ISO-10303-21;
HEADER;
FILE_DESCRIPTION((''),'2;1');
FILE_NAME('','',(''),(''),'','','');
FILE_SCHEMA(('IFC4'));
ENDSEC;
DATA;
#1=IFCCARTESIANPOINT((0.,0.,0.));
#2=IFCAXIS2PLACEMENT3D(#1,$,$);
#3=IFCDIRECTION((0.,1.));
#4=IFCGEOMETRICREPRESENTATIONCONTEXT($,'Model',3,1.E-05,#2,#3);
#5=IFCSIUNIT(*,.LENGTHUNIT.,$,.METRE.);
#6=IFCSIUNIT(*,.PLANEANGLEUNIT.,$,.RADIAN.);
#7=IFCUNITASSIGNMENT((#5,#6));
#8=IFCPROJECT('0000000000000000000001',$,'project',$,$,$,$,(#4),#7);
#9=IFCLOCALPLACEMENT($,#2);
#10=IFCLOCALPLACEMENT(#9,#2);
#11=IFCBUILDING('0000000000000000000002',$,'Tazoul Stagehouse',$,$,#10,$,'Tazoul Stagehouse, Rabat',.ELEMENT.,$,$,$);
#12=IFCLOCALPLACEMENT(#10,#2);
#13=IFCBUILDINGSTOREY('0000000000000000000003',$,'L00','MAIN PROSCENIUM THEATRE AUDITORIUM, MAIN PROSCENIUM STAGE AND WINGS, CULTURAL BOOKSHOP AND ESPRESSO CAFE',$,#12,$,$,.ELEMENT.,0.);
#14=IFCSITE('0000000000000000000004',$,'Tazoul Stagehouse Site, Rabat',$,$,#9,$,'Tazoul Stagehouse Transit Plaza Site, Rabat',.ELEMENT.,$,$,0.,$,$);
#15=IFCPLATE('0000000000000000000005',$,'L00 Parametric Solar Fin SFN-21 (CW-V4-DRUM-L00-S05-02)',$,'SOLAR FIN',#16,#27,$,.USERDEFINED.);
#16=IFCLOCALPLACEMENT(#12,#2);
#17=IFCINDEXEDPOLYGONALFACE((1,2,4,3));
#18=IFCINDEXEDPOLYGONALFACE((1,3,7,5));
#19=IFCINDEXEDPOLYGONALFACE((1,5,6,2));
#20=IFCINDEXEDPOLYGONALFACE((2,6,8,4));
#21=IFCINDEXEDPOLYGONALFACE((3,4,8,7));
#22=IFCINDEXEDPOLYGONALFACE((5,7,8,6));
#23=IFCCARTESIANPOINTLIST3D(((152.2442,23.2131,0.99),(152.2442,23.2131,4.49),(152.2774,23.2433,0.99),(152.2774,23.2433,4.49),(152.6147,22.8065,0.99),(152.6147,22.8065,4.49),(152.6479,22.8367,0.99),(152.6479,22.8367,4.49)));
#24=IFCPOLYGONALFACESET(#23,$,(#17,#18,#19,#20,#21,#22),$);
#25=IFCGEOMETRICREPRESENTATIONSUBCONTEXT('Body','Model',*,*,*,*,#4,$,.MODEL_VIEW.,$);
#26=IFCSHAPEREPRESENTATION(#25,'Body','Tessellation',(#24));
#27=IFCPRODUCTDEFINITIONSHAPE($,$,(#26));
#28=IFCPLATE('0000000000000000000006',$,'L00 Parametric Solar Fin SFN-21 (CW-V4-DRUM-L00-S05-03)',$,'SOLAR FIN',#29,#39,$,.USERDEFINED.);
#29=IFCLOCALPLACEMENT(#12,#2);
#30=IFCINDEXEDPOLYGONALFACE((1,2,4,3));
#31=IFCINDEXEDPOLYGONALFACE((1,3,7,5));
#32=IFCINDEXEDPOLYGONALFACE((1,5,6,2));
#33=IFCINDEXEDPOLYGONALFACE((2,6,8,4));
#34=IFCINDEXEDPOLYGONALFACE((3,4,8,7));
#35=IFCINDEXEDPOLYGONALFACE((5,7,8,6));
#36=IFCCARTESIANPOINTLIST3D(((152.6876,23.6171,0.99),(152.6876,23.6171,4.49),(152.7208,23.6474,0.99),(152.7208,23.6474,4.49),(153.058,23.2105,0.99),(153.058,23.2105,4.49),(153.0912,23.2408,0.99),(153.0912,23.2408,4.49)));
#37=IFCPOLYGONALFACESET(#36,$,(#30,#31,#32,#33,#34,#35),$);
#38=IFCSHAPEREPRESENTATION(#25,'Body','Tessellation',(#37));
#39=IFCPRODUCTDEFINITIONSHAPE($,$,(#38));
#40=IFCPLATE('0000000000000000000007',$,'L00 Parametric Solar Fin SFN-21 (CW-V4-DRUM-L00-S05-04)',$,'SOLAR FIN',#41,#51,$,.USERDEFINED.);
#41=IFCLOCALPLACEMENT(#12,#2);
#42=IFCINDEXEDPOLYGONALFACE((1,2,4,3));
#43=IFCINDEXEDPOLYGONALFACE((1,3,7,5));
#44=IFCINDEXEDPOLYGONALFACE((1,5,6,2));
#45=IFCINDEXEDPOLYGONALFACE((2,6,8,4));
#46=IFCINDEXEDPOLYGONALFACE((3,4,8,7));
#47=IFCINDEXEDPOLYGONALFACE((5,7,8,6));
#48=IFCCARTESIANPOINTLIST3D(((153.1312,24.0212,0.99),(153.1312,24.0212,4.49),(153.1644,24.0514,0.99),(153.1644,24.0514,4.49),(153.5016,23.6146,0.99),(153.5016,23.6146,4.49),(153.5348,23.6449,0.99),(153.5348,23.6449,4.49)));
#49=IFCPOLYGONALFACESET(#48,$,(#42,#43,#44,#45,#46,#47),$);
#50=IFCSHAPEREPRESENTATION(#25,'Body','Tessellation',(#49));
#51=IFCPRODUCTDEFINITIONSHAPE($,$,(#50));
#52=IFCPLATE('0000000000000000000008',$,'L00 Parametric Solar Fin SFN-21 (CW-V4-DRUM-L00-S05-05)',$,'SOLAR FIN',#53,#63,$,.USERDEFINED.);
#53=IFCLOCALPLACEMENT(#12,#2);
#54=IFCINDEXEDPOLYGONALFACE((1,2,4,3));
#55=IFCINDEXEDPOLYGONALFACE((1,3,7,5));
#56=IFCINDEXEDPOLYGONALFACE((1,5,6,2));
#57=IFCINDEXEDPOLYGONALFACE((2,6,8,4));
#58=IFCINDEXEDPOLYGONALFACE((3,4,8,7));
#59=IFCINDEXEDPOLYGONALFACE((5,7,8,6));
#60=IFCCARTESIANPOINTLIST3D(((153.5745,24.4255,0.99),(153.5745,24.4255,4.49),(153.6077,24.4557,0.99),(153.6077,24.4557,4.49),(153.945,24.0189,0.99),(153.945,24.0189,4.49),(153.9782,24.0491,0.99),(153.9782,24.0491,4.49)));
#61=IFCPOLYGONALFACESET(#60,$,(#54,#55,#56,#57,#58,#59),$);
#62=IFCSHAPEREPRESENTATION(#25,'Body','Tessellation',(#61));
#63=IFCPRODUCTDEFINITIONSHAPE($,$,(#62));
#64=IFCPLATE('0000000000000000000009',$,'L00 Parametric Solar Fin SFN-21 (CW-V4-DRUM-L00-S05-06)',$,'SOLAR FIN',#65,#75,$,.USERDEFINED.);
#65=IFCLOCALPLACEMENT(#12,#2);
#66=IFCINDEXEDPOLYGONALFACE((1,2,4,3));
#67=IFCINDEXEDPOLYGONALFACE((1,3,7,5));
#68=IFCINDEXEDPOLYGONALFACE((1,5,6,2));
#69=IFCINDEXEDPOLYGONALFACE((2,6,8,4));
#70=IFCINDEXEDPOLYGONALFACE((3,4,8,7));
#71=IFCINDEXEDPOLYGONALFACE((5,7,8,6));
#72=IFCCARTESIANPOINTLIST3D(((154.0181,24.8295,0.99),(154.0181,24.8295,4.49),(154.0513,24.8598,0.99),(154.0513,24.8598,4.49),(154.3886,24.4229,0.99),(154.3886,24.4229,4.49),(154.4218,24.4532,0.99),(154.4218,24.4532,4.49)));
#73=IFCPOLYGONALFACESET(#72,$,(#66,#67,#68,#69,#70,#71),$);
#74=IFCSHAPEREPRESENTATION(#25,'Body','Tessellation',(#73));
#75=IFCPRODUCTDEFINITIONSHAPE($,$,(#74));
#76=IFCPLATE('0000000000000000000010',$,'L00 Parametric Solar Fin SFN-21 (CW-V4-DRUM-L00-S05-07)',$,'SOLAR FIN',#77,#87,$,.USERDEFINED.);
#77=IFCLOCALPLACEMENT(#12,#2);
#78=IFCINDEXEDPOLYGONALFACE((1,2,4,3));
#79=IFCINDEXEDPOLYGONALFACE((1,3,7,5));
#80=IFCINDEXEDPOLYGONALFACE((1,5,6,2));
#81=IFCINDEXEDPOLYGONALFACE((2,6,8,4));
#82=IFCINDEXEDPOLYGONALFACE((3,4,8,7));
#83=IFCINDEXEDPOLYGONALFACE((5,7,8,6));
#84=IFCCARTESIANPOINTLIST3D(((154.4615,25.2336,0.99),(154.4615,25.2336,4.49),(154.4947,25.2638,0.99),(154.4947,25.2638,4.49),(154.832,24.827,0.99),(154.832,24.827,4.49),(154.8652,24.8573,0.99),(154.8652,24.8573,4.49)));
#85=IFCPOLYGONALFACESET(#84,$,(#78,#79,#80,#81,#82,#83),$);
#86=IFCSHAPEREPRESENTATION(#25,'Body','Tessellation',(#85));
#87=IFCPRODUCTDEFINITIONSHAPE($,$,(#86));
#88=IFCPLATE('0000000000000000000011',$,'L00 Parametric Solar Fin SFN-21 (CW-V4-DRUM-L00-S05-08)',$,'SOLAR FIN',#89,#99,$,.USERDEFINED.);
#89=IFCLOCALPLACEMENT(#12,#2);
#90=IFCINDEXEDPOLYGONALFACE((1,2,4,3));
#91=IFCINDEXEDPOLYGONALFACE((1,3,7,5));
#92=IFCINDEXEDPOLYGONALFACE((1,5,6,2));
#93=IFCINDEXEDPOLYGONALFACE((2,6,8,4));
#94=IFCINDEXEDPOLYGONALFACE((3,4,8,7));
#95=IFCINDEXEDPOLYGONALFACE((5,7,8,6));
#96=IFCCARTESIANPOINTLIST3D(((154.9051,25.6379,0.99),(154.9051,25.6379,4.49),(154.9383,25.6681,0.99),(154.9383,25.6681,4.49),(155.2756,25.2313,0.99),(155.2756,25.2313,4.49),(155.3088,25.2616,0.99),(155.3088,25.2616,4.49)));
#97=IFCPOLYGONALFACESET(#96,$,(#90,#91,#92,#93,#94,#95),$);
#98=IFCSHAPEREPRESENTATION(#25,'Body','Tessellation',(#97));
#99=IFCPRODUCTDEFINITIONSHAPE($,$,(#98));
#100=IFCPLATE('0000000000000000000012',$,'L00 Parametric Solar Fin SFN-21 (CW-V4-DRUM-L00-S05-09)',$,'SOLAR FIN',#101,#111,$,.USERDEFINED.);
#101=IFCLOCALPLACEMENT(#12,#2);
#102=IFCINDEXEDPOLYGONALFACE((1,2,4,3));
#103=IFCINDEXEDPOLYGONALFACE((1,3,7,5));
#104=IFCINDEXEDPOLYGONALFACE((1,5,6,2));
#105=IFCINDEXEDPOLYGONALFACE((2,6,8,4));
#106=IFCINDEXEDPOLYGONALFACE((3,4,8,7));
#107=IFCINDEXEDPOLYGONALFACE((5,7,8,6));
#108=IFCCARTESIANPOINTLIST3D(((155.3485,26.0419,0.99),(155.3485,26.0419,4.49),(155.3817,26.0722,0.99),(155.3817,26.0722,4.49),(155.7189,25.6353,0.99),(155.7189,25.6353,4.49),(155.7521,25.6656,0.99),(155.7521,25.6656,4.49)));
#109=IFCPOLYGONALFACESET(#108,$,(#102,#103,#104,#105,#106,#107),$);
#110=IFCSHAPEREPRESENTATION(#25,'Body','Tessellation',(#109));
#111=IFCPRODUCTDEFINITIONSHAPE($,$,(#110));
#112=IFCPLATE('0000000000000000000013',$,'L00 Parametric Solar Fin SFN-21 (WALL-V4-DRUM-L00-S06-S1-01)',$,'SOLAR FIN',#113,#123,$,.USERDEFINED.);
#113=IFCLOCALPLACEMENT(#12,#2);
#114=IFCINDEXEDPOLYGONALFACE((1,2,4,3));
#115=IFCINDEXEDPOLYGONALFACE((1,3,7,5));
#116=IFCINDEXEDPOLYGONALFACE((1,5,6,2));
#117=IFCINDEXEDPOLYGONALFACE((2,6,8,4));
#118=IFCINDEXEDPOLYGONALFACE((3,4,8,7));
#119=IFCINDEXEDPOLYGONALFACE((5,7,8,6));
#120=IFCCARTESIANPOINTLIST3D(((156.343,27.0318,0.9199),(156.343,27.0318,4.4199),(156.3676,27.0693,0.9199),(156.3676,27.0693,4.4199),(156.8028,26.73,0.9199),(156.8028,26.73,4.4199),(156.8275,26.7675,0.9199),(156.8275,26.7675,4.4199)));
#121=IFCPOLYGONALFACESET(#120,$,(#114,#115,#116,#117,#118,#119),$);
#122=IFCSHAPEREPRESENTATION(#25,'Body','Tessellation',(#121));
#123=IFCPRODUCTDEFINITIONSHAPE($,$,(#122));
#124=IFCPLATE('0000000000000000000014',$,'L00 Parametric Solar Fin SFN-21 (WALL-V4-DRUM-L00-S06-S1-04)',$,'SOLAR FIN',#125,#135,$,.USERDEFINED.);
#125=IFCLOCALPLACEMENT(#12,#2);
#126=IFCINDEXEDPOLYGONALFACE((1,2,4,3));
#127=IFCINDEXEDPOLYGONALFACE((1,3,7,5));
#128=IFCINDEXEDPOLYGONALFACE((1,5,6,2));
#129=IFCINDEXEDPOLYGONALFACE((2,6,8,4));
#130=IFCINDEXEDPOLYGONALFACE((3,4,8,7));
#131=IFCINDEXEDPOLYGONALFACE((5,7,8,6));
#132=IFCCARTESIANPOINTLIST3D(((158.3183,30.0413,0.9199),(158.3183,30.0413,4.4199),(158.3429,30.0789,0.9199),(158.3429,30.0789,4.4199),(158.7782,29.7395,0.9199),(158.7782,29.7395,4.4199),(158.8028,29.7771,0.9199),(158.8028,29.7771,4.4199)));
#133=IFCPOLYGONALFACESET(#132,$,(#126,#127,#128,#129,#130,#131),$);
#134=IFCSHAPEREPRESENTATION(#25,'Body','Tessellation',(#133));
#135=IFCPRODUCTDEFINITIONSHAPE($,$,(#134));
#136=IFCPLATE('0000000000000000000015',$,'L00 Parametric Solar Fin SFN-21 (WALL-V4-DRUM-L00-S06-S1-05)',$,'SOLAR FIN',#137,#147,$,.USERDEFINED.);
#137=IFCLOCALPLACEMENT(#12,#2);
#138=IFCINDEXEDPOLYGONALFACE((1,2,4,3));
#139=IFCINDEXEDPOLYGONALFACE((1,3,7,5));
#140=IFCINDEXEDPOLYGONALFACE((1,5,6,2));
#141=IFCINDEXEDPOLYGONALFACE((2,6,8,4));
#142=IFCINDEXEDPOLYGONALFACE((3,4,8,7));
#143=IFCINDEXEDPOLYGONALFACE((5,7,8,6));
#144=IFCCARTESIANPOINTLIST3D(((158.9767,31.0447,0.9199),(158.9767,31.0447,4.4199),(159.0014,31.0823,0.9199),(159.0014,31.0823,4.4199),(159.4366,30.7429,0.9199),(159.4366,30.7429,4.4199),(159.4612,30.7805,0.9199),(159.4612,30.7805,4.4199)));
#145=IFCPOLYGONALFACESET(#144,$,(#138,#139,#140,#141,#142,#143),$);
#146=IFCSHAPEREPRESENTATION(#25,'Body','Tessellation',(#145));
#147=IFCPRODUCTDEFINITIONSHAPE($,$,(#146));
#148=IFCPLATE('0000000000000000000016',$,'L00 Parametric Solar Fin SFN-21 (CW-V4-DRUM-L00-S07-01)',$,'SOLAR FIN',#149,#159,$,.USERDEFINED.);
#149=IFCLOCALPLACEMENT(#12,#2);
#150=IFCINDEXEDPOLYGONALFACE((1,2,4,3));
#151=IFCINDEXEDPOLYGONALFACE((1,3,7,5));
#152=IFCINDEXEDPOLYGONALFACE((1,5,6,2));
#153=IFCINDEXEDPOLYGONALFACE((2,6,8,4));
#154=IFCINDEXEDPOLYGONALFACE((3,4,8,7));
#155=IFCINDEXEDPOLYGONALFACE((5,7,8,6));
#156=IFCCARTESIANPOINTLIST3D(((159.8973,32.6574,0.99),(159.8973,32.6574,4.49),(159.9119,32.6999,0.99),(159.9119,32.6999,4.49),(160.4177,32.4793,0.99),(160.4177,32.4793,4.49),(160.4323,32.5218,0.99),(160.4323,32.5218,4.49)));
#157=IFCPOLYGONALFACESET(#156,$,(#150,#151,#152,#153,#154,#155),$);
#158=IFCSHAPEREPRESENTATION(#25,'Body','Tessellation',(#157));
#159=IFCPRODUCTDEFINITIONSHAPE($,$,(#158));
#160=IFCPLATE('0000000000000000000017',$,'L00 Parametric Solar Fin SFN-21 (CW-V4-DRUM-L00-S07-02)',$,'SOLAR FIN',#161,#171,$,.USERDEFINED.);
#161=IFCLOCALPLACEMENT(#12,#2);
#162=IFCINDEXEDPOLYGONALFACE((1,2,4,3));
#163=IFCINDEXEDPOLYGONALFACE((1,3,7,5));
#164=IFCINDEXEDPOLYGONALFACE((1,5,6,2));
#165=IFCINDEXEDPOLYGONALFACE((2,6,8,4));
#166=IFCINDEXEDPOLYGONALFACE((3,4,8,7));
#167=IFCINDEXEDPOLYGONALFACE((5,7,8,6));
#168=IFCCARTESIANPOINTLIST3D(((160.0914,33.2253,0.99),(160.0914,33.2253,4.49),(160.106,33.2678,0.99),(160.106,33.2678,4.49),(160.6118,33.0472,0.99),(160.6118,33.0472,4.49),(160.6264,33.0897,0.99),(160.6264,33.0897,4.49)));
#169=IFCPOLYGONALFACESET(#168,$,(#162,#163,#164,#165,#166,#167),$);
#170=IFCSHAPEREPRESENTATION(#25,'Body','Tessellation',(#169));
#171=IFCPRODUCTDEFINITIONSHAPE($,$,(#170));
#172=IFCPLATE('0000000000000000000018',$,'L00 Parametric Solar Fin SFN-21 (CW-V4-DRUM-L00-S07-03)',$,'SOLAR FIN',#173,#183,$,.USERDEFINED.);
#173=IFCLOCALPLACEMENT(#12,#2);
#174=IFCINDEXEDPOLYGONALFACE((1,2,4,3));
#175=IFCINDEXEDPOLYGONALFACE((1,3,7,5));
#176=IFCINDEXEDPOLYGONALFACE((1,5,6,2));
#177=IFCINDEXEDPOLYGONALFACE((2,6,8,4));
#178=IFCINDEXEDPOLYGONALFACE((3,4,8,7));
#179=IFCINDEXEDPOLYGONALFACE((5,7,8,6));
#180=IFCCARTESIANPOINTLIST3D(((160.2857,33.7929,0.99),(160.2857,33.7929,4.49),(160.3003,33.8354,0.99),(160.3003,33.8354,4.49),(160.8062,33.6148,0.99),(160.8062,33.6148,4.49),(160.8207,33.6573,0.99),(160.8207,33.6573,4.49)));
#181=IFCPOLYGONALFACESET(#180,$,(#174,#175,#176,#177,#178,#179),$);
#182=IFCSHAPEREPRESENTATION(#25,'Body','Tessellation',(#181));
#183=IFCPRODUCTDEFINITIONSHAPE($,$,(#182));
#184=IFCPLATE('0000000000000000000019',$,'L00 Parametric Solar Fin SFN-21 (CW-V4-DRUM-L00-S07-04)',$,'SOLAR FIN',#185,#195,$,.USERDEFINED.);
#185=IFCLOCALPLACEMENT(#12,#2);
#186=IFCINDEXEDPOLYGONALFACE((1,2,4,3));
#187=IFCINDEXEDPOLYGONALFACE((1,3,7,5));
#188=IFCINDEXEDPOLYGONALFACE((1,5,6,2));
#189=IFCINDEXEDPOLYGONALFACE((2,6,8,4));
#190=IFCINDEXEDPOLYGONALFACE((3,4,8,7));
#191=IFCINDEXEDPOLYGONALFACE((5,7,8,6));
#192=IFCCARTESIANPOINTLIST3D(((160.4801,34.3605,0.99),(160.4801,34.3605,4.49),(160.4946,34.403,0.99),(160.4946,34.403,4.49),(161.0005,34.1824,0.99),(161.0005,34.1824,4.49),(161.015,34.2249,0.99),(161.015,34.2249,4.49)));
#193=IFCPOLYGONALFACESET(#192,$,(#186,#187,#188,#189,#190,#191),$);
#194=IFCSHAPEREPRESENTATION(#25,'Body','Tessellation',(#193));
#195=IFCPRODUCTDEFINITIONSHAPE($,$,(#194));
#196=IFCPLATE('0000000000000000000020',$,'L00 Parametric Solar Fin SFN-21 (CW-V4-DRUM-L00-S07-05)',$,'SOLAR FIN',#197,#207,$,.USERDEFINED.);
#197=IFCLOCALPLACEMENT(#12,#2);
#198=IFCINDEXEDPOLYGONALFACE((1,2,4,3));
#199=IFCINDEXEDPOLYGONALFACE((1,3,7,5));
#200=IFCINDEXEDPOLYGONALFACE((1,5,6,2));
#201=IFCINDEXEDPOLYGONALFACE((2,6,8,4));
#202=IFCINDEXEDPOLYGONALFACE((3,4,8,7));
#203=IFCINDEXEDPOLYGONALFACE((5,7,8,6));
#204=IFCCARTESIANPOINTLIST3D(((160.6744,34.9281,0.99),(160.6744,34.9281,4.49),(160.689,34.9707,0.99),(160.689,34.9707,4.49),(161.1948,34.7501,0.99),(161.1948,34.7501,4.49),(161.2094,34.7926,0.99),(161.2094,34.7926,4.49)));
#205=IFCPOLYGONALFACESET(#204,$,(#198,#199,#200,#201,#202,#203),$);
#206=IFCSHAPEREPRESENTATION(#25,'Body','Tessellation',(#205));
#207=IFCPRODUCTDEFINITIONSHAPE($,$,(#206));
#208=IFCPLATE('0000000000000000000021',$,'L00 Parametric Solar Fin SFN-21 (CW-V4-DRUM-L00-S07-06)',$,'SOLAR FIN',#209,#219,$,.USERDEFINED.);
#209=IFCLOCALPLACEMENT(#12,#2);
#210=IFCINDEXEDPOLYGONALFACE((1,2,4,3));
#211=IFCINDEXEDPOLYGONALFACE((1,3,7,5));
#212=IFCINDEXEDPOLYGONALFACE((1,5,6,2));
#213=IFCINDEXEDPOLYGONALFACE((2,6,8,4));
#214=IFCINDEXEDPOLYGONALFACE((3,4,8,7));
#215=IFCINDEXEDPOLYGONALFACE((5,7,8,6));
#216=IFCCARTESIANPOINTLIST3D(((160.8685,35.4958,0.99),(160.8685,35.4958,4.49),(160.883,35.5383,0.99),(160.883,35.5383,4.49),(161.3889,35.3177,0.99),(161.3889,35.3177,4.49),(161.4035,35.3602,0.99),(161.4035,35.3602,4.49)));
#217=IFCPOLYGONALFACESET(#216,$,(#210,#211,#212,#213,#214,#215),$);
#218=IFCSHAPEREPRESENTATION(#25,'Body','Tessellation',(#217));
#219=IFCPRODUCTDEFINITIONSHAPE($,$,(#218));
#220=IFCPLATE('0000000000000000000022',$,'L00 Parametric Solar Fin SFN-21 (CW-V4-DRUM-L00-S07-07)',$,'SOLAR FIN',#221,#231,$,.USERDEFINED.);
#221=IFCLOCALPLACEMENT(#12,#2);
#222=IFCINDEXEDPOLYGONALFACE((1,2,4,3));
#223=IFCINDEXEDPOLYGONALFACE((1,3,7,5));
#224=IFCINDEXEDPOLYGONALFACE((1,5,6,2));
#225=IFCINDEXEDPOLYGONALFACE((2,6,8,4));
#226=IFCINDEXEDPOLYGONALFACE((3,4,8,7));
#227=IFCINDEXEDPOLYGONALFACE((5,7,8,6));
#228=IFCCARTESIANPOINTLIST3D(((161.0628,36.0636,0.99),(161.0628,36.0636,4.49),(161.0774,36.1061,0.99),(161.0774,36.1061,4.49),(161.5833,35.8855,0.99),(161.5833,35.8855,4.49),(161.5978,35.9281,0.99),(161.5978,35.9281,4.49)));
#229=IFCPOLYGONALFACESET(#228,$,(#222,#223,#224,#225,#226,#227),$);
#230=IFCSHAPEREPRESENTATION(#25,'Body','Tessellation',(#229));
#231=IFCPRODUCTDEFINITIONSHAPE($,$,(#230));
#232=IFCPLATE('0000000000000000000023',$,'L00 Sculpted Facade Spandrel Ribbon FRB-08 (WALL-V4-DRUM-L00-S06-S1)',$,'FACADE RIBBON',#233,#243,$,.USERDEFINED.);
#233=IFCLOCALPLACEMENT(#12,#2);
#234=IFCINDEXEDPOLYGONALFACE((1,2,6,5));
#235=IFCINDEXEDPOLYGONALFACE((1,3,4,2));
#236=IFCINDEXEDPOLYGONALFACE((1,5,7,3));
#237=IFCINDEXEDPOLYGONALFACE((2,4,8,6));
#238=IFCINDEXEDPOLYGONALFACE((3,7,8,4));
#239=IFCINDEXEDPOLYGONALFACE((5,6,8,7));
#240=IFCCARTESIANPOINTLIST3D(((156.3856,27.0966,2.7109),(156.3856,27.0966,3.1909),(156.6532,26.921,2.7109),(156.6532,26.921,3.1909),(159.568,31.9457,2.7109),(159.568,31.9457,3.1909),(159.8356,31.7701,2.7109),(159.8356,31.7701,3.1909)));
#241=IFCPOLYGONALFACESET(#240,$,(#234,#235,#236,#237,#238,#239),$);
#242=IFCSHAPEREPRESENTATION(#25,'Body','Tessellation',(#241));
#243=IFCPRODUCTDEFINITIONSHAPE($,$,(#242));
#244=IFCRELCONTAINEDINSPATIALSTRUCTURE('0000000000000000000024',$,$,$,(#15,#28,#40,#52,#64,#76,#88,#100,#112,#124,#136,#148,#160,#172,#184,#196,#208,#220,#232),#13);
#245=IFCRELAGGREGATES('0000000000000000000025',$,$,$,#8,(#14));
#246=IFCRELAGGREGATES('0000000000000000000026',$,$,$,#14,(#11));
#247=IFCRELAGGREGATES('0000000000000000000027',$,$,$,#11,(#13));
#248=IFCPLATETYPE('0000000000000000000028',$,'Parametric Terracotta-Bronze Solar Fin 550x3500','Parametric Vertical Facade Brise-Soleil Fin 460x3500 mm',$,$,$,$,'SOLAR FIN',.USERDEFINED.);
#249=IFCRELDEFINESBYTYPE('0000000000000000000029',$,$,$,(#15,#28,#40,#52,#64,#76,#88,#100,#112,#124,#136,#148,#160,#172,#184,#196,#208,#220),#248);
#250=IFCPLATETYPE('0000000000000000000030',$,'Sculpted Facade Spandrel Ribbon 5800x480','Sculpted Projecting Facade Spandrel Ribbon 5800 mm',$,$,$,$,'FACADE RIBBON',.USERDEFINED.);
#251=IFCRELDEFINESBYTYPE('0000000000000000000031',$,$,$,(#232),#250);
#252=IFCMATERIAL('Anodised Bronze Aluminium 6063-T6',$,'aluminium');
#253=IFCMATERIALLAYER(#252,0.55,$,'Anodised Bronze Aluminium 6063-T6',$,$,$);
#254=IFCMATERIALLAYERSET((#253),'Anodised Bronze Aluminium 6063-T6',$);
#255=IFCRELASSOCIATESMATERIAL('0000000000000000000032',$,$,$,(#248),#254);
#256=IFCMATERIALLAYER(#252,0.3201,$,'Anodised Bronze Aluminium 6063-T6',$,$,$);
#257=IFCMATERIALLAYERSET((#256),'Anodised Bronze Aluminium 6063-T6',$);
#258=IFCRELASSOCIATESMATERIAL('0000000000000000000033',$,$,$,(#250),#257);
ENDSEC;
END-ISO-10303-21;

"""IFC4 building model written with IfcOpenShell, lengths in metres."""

from ifc_helpers import new_model, si_unit, direction, frame, origin, origin_2d, place, context, subcontext, project, spatial, rectangle, extrude, material, layer, layer_set, type_object, element, save


model = new_model("IFC4")

# Units and contexts
model_context = context("Model", 3, precision=1e-05, world=origin(), true_north=direction((0.0, 1.0)))
body_context = subcontext(model_context, "Body", "Model", "MODEL_VIEW")
ifc_project = project(units=[si_unit("LENGTHUNIT", "METRE"), si_unit("PLANEANGLEUNIT", "RADIAN")], contexts=[model_context])

# Site, building, storey
site_placement = place(None, origin())
site = spatial("IfcSite", under=ifc_project, at=site_placement, Name="Tazoul Stagehouse Site, Rabat", LongName="Tazoul Stagehouse Transit Plaza Site, Rabat", CompositionType="ELEMENT", RefElevation=0.0)
building_placement = place(site_placement, origin())
building = spatial("IfcBuilding", under=site, at=building_placement, Name="Tazoul Stagehouse", LongName="Tazoul Stagehouse, Rabat", CompositionType="ELEMENT")
storey_placement = place(building_placement, origin())
storey = spatial("IfcBuildingStorey", under=building, at=storey_placement, Name="L00", Description="MAIN PROSCENIUM THEATRE AUDITORIUM, MAIN PROSCENIUM STAGE AND WINGS, CULTURAL BOOKSHOP AND ESPRESSO CAFE", CompositionType="ELEMENT", Elevation=0.0)

# Plates
ifc_material_1 = material(Name="Anodised Bronze Aluminium 6063-T6", Category="aluminium")
ifc_layer_1 = layer(ifc_material_1, 0.55, Name="Anodised Bronze Aluminium 6063-T6")
ifc_layer_set_1 = layer_set([ifc_layer_1], Name="Anodised Bronze Aluminium 6063-T6")
plate_type_1 = type_object("IfcPlateType", Name="Parametric Terracotta-Bronze Solar Fin 550x3500", Description="Parametric Vertical Facade Brise-Soleil Fin 460x3500 mm", ElementType="SOLAR FIN", PredefinedType="USERDEFINED", material=ifc_layer_set_1)
for number, where, z_axis, x_axis, name in (
    (1, (152.446, 23.0249, 0.99), (0.0, 0.0, 1.0), (0.73915, 0.67354, 0.0), "L00 Parametric Solar Fin SFN-21 (CW-V4-DRUM-L00-S05-02)"),
    (2, (152.8894, 23.429, 0.99), (0.0, 0.0, 1.0), (0.73915, 0.67354, 0.0), "L00 Parametric Solar Fin SFN-21 (CW-V4-DRUM-L00-S05-03)"),
    (3, (153.333, 23.833, 0.99), (0.0, 0.0, 1.0), (0.73915, 0.67354, 0.0), "L00 Parametric Solar Fin SFN-21 (CW-V4-DRUM-L00-S05-04)"),
    (4, (153.7764, 24.2373, 0.99), (0.0, 0.0, 1.0), (0.73915, 0.67354, 0.0), "L00 Parametric Solar Fin SFN-21 (CW-V4-DRUM-L00-S05-05)"),
    (5, (154.22, 24.6414, 0.99), (0.0, 0.0, 1.0), (0.73915, 0.67354, 0.0), "L00 Parametric Solar Fin SFN-21 (CW-V4-DRUM-L00-S05-06)"),
    (6, (154.6633, 25.0454, 0.99), (0.0, 0.0, 1.0), (0.73915, 0.67354, 0.0), "L00 Parametric Solar Fin SFN-21 (CW-V4-DRUM-L00-S05-07)"),
    (7, (155.1069, 25.4497, 0.99), (0.0, 0.0, 1.0), (0.73915, 0.67354, 0.0), "L00 Parametric Solar Fin SFN-21 (CW-V4-DRUM-L00-S05-08)"),
    (8, (155.5503, 25.8538, 0.99), (0.0, 0.0, 1.0), (0.73915, 0.67354, 0.0), "L00 Parametric Solar Fin SFN-21 (CW-V4-DRUM-L00-S05-09)"),
    (9, (156.5852, 26.8997, 0.9199), (0.0, 0.0, 1.0), (0.548671, 0.836038, 0.0), "L00 Parametric Solar Fin SFN-21 (WALL-V4-DRUM-L00-S06-S1-01)"),
    (10, (158.5605, 29.9092, 0.9199), (0.0, 0.0, 1.0), (0.548671, 0.836038, 0.0), "L00 Parametric Solar Fin SFN-21 (WALL-V4-DRUM-L00-S06-S1-04)"),
    (11, (159.219, 30.9126, 0.9199), (0.0, 0.0, 1.0), (0.548671, 0.836038, 0.0), "L00 Parametric Solar Fin SFN-21 (WALL-V4-DRUM-L00-S06-S1-05)"),
    (12, (160.1648, 32.5896, 0.99), (0.0, 0.0, 1.0), (0.323785, 0.946131, 0.0), "L00 Parametric Solar Fin SFN-21 (CW-V4-DRUM-L00-S07-01)"),
    (13, (160.3589, 33.1575, 0.99), (0.0, 0.0, 1.0), (0.323785, 0.946131, 0.0), "L00 Parametric Solar Fin SFN-21 (CW-V4-DRUM-L00-S07-02)"),
    (14, (160.5532, 33.7251, 0.99), (0.0, 0.0, 1.0), (0.323785, 0.946131, 0.0), "L00 Parametric Solar Fin SFN-21 (CW-V4-DRUM-L00-S07-03)"),
    (15, (160.7476, 34.2927, 0.99), (0.0, 0.0, 1.0), (0.323785, 0.946131, 0.0), "L00 Parametric Solar Fin SFN-21 (CW-V4-DRUM-L00-S07-04)"),
    (16, (160.9419, 34.8604, 0.99), (0.0, 0.0, 1.0), (0.323785, 0.946131, 0.0), "L00 Parametric Solar Fin SFN-21 (CW-V4-DRUM-L00-S07-05)"),
    (17, (161.136, 35.428, 0.99), (0.0, 0.0, 1.0), (0.323785, 0.946131, 0.0), "L00 Parametric Solar Fin SFN-21 (CW-V4-DRUM-L00-S07-06)"),
    (18, (161.3303, 35.9958, 0.99), (0.0, 0.0, 1.0), (0.323785, 0.946131, 0.0), "L00 Parametric Solar Fin SFN-21 (CW-V4-DRUM-L00-S07-07)"),
):
    element("IfcPlate", number, at=place(storey_placement, frame(where, z_axis=z_axis, x_axis=x_axis)), inside=storey, type_object=plate_type_1, Name=name, ObjectType="SOLAR FIN", PredefinedType="USERDEFINED", context=body_context, shape_type="SweptSolid", body=[
        extrude(rectangle(XDim=0.0449, YDim=0.55, at=origin_2d()), origin(), (0.0, 0.0, 1.0), 3.5),
    ])
ifc_layer_2 = layer(ifc_material_1, 0.3201, Name="Anodised Bronze Aluminium 6063-T6")
ifc_layer_set_2 = layer_set([ifc_layer_2], Name="Anodised Bronze Aluminium 6063-T6")
plate_type_2 = type_object("IfcPlateType", Name="Sculpted Facade Spandrel Ribbon 5800x480", Description="Sculpted Projecting Facade Spandrel Ribbon 5800 mm", ElementType="FACADE RIBBON", PredefinedType="USERDEFINED", material=ifc_layer_set_2)
plate_placement = place(storey_placement, frame((158.1106, 29.4333, 2.7109), z_axis=(0.0, 0.0, 1.0), x_axis=(0.548671, 0.836038, 0.0)))
element("IfcPlate", 19, at=plate_placement, inside=storey, type_object=plate_type_2, Name="L00 Sculpted Facade Spandrel Ribbon FRB-08 (WALL-V4-DRUM-L00-S06-S1)", ObjectType="FACADE RIBBON", PredefinedType="USERDEFINED", context=body_context, shape_type="SweptSolid", body=[
    extrude(rectangle(XDim=5.8, YDim=0.3201, at=origin_2d()), origin(), (0.0, 0.0, 1.0), 0.48),
])

save(model, "model.ifc")
